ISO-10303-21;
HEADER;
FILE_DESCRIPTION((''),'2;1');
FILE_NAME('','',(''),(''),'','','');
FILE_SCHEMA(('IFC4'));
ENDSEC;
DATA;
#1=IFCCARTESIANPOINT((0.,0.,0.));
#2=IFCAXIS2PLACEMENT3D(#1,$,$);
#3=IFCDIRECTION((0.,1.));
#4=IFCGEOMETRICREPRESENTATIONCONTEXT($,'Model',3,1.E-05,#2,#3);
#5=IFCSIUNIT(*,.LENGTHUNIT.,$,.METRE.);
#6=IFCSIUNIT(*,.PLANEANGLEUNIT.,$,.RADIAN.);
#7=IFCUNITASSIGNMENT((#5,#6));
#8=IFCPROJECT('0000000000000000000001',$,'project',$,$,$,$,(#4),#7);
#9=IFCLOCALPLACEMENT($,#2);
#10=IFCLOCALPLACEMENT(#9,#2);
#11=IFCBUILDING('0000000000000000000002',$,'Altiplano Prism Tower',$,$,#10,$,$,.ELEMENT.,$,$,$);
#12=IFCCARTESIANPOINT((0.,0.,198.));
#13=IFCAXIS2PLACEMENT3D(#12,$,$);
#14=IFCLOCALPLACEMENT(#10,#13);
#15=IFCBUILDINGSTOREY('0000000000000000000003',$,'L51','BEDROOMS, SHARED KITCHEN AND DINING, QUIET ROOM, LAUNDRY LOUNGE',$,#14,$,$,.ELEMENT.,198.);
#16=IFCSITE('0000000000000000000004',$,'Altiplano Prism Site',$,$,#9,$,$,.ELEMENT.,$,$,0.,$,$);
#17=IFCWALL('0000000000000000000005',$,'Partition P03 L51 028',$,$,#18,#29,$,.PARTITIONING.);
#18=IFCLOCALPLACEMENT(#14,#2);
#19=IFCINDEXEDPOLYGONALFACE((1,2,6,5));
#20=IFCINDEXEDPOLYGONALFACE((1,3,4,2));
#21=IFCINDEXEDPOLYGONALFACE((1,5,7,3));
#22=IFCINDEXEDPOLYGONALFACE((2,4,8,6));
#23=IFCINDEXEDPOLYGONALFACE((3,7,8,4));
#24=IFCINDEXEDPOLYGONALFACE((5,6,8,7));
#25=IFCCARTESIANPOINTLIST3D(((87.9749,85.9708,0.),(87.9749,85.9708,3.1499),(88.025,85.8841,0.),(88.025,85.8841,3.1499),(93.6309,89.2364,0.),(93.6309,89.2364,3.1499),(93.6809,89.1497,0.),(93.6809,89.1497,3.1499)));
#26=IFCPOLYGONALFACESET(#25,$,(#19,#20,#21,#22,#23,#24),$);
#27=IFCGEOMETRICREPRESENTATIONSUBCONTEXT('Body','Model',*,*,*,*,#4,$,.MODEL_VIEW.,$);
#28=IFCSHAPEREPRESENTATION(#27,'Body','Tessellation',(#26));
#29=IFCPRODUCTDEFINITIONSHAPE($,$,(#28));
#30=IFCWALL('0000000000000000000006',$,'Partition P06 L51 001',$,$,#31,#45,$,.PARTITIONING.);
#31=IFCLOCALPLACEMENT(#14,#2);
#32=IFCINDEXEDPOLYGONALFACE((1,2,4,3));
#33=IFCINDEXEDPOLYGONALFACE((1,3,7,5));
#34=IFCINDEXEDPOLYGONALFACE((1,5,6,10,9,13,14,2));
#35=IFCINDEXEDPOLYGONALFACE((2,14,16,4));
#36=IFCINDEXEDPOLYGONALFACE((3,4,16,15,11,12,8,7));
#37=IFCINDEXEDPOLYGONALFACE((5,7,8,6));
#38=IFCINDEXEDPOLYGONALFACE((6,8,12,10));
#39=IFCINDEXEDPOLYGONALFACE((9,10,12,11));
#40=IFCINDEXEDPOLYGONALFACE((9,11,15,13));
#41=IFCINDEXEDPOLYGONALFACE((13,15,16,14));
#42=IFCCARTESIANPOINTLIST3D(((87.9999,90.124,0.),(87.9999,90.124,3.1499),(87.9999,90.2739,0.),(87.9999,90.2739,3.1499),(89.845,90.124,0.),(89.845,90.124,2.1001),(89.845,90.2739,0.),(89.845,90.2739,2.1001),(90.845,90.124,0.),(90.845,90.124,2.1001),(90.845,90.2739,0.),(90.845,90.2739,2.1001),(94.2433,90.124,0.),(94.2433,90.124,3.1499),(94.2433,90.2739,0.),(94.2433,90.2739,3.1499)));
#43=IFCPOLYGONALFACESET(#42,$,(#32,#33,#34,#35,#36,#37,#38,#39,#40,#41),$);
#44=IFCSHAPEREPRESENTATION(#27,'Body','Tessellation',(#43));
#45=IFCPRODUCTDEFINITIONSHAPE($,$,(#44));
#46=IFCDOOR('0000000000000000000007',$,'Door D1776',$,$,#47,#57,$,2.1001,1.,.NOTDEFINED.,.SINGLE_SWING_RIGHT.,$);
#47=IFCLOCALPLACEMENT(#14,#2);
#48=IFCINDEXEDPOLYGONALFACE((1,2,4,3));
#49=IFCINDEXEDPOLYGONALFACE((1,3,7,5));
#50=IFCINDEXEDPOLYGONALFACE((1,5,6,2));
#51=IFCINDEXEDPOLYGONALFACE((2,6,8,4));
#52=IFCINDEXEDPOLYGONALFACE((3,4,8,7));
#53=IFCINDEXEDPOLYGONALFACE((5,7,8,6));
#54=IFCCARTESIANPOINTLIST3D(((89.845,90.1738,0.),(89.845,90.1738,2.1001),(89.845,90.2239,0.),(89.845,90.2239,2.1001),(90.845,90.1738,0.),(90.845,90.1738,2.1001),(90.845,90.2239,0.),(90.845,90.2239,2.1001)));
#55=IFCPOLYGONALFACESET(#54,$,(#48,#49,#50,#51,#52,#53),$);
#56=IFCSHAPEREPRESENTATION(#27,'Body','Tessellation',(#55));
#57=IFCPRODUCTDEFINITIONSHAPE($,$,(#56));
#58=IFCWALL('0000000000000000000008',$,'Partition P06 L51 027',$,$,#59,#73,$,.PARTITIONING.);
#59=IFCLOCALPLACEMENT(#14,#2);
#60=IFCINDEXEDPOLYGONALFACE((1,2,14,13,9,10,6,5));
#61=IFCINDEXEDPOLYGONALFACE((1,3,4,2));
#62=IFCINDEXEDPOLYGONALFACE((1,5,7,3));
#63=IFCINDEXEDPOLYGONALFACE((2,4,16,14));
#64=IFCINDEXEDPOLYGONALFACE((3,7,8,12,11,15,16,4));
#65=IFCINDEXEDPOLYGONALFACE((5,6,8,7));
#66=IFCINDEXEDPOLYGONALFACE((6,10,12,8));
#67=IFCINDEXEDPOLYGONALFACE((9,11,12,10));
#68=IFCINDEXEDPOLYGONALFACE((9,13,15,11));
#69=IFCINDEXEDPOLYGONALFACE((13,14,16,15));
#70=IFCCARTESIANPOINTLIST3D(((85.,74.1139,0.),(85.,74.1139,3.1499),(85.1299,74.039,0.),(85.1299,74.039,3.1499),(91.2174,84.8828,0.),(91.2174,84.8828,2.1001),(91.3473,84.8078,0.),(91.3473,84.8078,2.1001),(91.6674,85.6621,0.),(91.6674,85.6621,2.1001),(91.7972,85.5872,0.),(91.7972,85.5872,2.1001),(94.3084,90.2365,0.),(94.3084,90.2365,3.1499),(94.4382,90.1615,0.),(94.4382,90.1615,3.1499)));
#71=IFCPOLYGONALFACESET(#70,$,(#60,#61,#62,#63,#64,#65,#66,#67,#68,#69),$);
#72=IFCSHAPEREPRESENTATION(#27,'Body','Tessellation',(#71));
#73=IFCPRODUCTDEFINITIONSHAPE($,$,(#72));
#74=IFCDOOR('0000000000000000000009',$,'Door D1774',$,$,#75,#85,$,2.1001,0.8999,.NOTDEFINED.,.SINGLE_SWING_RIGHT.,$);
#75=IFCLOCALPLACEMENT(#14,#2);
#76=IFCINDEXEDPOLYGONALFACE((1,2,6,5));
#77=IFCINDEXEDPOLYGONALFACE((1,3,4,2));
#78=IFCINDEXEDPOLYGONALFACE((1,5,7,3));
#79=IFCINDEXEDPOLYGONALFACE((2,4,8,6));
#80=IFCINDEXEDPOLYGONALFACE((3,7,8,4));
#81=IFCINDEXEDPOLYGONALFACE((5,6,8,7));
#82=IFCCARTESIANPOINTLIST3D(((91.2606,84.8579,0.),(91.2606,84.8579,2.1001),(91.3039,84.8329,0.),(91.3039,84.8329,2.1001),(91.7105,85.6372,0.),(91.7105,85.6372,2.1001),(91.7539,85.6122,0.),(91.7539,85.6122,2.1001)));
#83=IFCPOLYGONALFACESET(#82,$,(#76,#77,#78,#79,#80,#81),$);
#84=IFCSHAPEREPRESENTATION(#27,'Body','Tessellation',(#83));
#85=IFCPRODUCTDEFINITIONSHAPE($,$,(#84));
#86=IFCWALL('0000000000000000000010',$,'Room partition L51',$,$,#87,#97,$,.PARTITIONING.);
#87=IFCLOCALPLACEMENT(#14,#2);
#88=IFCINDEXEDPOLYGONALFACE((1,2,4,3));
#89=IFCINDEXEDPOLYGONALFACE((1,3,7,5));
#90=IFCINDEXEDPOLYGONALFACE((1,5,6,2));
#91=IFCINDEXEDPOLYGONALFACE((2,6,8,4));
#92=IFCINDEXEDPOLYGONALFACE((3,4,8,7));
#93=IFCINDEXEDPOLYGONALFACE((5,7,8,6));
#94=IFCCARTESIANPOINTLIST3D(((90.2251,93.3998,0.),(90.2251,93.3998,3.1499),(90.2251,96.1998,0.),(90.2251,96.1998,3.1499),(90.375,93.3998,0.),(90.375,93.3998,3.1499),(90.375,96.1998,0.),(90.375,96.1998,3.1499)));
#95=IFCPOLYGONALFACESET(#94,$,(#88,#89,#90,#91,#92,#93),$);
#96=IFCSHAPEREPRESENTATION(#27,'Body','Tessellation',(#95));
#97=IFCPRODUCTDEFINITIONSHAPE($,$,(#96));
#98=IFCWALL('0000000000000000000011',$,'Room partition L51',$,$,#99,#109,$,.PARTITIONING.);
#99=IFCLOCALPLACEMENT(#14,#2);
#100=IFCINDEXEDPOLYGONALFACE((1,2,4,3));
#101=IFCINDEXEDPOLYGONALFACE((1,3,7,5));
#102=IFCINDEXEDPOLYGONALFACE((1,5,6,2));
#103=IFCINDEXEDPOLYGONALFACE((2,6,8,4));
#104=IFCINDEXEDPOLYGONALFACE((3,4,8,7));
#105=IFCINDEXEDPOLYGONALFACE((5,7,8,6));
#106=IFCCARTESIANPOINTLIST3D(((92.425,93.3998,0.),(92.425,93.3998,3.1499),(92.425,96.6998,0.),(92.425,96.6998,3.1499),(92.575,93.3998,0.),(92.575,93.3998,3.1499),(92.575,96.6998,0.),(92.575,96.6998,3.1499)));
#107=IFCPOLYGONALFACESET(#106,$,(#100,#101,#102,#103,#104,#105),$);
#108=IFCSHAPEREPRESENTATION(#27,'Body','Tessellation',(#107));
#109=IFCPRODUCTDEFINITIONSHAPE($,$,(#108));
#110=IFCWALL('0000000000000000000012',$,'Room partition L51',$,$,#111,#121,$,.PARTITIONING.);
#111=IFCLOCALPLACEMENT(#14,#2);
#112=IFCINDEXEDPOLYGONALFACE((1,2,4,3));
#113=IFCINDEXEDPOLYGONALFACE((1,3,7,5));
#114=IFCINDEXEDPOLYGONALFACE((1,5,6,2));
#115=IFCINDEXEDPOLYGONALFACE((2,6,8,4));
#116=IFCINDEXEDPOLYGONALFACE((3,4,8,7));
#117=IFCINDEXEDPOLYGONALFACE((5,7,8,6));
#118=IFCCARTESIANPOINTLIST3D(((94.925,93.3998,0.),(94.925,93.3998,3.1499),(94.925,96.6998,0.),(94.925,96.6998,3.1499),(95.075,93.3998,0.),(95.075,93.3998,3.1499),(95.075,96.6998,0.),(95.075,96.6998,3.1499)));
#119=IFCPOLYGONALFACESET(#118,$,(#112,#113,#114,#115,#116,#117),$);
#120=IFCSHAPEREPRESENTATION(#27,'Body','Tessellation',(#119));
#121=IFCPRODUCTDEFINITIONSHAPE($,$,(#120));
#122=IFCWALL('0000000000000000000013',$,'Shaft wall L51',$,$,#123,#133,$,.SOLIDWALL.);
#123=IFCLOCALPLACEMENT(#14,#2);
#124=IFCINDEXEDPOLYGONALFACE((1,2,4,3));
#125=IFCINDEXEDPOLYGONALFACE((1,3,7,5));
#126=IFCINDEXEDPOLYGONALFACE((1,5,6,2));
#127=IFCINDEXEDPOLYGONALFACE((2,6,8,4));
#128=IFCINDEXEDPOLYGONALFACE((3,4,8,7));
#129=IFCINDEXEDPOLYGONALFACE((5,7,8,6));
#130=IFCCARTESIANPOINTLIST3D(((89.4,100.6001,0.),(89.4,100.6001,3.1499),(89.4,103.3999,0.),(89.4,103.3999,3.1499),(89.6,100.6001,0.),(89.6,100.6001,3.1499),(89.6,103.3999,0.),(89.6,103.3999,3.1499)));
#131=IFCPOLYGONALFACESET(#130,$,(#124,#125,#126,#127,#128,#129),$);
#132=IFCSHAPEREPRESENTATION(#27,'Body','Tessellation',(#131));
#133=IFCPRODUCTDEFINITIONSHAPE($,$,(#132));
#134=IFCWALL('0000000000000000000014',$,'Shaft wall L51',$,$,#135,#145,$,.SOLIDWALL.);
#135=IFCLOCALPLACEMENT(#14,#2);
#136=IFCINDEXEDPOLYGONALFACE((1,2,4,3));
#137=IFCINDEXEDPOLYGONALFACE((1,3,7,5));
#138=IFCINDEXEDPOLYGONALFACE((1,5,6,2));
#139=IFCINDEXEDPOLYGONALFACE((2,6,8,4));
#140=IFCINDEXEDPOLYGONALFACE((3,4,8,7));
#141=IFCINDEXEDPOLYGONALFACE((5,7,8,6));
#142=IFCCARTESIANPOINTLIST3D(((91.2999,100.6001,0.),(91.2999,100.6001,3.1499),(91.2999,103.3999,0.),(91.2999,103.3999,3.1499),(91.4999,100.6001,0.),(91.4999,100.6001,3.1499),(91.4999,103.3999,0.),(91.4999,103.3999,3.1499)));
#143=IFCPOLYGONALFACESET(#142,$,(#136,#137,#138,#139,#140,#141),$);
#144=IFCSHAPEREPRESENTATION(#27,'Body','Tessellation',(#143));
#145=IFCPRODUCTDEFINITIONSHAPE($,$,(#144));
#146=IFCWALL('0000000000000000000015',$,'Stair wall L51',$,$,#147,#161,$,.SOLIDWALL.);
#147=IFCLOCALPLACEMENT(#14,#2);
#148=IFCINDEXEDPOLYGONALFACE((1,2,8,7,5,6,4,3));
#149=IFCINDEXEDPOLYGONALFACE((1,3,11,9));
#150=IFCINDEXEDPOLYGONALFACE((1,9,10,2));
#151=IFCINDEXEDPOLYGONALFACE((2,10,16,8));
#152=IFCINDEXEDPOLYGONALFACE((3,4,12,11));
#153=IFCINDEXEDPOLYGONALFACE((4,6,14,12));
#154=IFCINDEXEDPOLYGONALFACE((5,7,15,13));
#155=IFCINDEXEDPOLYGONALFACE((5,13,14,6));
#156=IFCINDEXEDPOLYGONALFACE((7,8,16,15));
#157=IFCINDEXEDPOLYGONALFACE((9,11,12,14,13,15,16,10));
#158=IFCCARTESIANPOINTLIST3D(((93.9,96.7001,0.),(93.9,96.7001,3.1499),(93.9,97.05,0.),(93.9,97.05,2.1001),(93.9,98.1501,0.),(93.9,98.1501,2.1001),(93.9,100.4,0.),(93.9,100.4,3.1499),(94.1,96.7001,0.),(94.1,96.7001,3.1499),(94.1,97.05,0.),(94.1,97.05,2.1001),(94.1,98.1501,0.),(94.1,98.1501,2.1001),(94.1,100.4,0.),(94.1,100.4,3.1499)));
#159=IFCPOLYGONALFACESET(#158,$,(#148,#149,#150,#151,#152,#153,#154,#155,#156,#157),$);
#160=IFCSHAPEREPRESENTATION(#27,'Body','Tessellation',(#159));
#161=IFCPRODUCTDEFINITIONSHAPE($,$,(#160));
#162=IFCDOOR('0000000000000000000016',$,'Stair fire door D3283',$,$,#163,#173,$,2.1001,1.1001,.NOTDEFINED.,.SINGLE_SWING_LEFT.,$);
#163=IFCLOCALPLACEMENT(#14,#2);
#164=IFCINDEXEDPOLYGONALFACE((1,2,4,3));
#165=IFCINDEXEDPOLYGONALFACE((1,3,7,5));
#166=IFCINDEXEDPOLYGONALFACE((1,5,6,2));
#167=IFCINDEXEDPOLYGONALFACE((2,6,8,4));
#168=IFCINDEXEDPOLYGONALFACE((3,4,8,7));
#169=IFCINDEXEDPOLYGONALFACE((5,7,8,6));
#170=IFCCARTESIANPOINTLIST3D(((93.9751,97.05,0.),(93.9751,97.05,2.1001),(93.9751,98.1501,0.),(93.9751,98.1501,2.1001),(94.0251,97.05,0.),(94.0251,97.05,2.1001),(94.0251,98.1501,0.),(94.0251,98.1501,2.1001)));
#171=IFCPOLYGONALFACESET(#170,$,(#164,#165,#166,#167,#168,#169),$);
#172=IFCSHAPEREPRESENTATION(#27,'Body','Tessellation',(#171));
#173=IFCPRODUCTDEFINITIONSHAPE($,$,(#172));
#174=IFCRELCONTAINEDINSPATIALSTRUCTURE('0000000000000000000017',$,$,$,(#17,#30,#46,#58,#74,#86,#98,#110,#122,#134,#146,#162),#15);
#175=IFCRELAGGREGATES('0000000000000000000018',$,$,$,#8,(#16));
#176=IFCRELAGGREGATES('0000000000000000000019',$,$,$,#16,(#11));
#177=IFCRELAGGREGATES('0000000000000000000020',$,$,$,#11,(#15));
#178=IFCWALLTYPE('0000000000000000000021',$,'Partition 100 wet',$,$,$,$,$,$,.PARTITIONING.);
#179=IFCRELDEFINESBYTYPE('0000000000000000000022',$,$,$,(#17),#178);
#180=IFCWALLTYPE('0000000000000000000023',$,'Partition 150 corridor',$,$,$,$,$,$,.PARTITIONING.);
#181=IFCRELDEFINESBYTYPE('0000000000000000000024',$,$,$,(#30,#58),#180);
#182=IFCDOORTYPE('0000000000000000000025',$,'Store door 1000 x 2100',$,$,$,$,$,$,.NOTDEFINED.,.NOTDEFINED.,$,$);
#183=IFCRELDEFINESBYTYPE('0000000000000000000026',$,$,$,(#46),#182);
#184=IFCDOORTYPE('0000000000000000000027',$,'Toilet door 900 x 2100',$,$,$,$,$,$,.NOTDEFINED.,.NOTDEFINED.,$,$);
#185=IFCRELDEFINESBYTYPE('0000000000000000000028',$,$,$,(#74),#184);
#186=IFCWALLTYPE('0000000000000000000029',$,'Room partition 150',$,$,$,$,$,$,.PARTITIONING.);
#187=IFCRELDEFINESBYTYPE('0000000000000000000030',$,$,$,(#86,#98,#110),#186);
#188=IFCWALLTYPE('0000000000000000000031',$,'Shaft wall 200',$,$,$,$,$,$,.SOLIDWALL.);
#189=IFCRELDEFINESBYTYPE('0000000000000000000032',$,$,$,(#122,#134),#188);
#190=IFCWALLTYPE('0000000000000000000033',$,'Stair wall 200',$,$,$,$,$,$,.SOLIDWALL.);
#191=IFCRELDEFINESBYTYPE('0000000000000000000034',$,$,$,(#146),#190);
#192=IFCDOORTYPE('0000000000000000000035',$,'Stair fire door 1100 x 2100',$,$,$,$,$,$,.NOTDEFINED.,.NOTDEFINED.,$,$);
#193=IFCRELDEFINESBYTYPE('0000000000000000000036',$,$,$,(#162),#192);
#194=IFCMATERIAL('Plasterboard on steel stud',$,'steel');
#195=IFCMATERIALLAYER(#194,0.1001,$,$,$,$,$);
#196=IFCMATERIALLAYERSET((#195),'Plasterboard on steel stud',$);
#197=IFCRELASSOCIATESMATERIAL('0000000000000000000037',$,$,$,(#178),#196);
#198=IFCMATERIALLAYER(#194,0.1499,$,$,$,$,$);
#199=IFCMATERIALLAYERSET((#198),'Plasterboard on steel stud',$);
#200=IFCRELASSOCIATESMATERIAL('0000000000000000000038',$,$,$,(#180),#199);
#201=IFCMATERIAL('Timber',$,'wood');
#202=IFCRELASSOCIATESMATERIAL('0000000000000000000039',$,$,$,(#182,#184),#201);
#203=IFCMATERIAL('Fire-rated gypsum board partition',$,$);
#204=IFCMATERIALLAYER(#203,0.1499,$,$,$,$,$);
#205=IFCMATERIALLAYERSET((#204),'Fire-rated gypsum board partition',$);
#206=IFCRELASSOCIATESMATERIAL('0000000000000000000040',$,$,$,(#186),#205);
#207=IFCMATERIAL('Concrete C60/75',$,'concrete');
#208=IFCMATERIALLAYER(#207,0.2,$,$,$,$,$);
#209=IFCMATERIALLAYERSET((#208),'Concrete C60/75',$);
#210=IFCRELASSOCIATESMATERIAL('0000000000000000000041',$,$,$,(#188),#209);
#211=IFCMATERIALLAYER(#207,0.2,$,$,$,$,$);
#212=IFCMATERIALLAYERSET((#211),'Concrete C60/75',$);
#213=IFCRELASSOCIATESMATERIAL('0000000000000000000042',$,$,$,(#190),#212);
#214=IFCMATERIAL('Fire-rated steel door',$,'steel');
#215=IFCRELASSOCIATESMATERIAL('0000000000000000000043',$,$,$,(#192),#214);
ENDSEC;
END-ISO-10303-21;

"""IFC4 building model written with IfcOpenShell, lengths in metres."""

from ifc_helpers import new_model, si_unit, direction, frame, frame_2d, origin, place, context, subcontext, project, spatial, rectangle, extrude, material, layer, layer_set, type_object, element, fill, save


model = new_model("IFC4")

# Units and contexts
model_context = context("Model", 3, precision=1e-05, world=origin(), true_north=direction((0.0, 1.0)))
body_context = subcontext(model_context, "Body", "Model", "MODEL_VIEW")
ifc_project = project(units=[si_unit("LENGTHUNIT", "METRE"), si_unit("PLANEANGLEUNIT", "RADIAN")], contexts=[model_context])

# Site, building, storey
site_placement = place(None, origin())
site = spatial("IfcSite", under=ifc_project, at=site_placement, Name="Altiplano Prism Site", CompositionType="ELEMENT", RefElevation=0.0)
building_placement = place(site_placement, origin())
building = spatial("IfcBuilding", under=site, at=building_placement, Name="Altiplano Prism Tower", CompositionType="ELEMENT")
storey_placement = place(building_placement, frame((0.0, 0.0, 198.0)))
storey = spatial("IfcBuildingStorey", under=building, at=storey_placement, Name="L51", Description="BEDROOMS, SHARED KITCHEN AND DINING, QUIET ROOM, LAUNDRY LOUNGE", CompositionType="ELEMENT", Elevation=198.0)

# Wall
ifc_material_1 = material(Name="Plasterboard on steel stud", Category="steel")
ifc_layer_1 = layer(ifc_material_1, 0.1001)
ifc_layer_set_1 = layer_set([ifc_layer_1], Name="Plasterboard on steel stud")
wall_type_1 = type_object("IfcWallType", Name="Partition 100 wet", PredefinedType="PARTITIONING", material=ifc_layer_set_1)
wall_1_placement = place(storey_placement, frame((93.656, 89.1931, 0.0), z_axis=(0.0, 0.0, 1.0), x_axis=(-0.866017, -0.500015, 0.0)))
element("IfcWall", 1, at=wall_1_placement, inside=storey, type_object=wall_type_1, Name="Partition P03 L51 028", PredefinedType="PARTITIONING", context=body_context, shape_type="SweptSolid", body=[
    extrude(rectangle(XDim=6.531, YDim=0.1001, at=frame_2d((3.2656, 0.0))), origin(), (0.0, 0.0, 1.0), 3.1499),
])

# Walls, openings, doors
ifc_layer_2 = layer(ifc_material_1, 0.1499)
ifc_layer_set_2 = layer_set([ifc_layer_2], Name="Plasterboard on steel stud")
wall_type_2 = type_object("IfcWallType", Name="Partition 150 corridor", PredefinedType="PARTITIONING", material=ifc_layer_set_2)
wall_2_placement = place(storey_placement, frame((88.0, 90.199, 0.0), z_axis=(0.0, 0.0, 1.0), x_axis=(1.0, 0.0, 0.0)))
wall_2 = element("IfcWall", 2, at=wall_2_placement, inside=storey, type_object=wall_type_2, Name="Partition P06 L51 001", PredefinedType="PARTITIONING", context=body_context, shape_type="SweptSolid", body=[
    extrude(rectangle(XDim=6.2434, YDim=0.1499, at=frame_2d((3.1216, 0.0))), origin(), (0.0, 0.0, 1.0), 3.1499),
])
opening_1_placement = place(wall_2_placement, frame((1.845, 0.0, 0.0)))
opening_1 = element("IfcOpeningElement", 3, at=opening_1_placement, cuts=wall_2, PredefinedType="OPENING", context=body_context, shape_type="SweptSolid", body=[
    extrude(rectangle(XDim=1.0, YDim=2.1001, at=frame_2d((0.5, 1.05))), frame((0.0, 0.0854, 0.0), z_axis=(0.0, -1.0, 0.0), x_axis=(1.0, 0.0, 0.0)), (0.0, 0.0, 1.0), 0.1709),
])
ifc_material_2 = material(Name="Timber", Category="wood")
door_type_1 = type_object("IfcDoorType", Name="Store door 1000 x 2100", OperationType="NOTDEFINED", PredefinedType="NOTDEFINED", material=ifc_material_2)
door_1_placement = place(opening_1_placement, origin())
door_1 = element("IfcDoor", 4, at=door_1_placement, inside=storey, type_object=door_type_1, Name="Door D1776", OperationType="SINGLE_SWING_RIGHT", OverallHeight=2.1001, OverallWidth=1.0, PredefinedType="NOTDEFINED", context=body_context, shape_type="SweptSolid", body=[
    extrude(rectangle(XDim=1.0, YDim=2.1001, at=frame_2d((0.5, 1.05))), frame((0.0, 0.0249, 0.0), z_axis=(0.0, -1.0, 0.0), x_axis=(1.0, 0.0, 0.0)), (0.0, 0.0, 1.0), 0.05),
])
fill(opening_1, door_1)
wall_3_placement = place(storey_placement, frame((94.3733, 90.199, 0.0), z_axis=(0.0, 0.0, 1.0), x_axis=(-0.499999, -0.866026, 0.0)))
wall_3 = element("IfcWall", 5, at=wall_3_placement, inside=storey, type_object=wall_type_2, Name="Partition P06 L51 027", PredefinedType="PARTITIONING", context=body_context, shape_type="SweptSolid", body=[
    extrude(rectangle(XDim=18.6167, YDim=0.1499, at=frame_2d((9.3083, 0.0))), origin(), (0.0, 0.0, 1.0), 3.1499),
])
opening_2_placement = place(wall_3_placement, frame((5.282, 0.0, 0.0)))
opening_2 = element("IfcOpeningElement", 6, at=opening_2_placement, cuts=wall_3, PredefinedType="OPENING", context=body_context, shape_type="SweptSolid", body=[
    extrude(rectangle(XDim=0.8999, YDim=2.1001, at=frame_2d((0.45, 1.05))), frame((0.0, 0.0854, 0.0), z_axis=(0.0, -1.0, 0.0), x_axis=(1.0, 0.0, 0.0)), (0.0, 0.0, 1.0), 0.1709),
])
door_type_2 = type_object("IfcDoorType", Name="Toilet door 900 x 2100", OperationType="NOTDEFINED", PredefinedType="NOTDEFINED", material=ifc_material_2)
door_2_placement = place(opening_2_placement, origin())
door_2 = element("IfcDoor", 7, at=door_2_placement, inside=storey, type_object=door_type_2, Name="Door D1774", OperationType="SINGLE_SWING_RIGHT", OverallHeight=2.1001, OverallWidth=0.8999, PredefinedType="NOTDEFINED", context=body_context, shape_type="SweptSolid", body=[
    extrude(rectangle(XDim=0.8999, YDim=2.1001, at=frame_2d((0.45, 1.05))), frame((0.0, 0.0249, 0.0), z_axis=(0.0, -1.0, 0.0), x_axis=(1.0, 0.0, 0.0)), (0.0, 0.0, 1.0), 0.05),
])
fill(opening_2, door_2)

# Walls
ifc_material_3 = material(Name="Fire-rated gypsum board partition")
ifc_layer_3 = layer(ifc_material_3, 0.1499)
ifc_layer_set_3 = layer_set([ifc_layer_3], Name="Fire-rated gypsum board partition")
wall_type_3 = type_object("IfcWallType", Name="Room partition 150", PredefinedType="PARTITIONING", material=ifc_layer_set_3)
wall_4_placement = place(storey_placement, frame((90.3, 93.3999, 0.0), z_axis=(0.0, 0.0, 1.0), x_axis=(0.0, 1.0, 0.0)))
element("IfcWall", 8, at=wall_4_placement, inside=storey, type_object=wall_type_3, Name="Room partition L51", PredefinedType="PARTITIONING", context=body_context, shape_type="SweptSolid", body=[
    extrude(rectangle(XDim=2.8, YDim=0.1499, at=frame_2d((1.3999, 0.0))), origin(), (0.0, 0.0, 1.0), 3.1499),
])
for number, where, z_axis, x_axis, name in (
    (9, (92.5, 93.3999, 0.0), (0.0, 0.0, 1.0), (0.0, 1.0, 0.0), "Room partition L51"),
    (10, (95.0, 93.3999, 0.0), (0.0, 0.0, 1.0), (0.0, 1.0, 0.0), "Room partition L51"),
):
    element("IfcWall", number, at=place(storey_placement, frame(where, z_axis=z_axis, x_axis=x_axis)), inside=storey, type_object=wall_type_3, Name=name, PredefinedType="PARTITIONING", context=body_context, shape_type="SweptSolid", body=[
        extrude(rectangle(XDim=3.3, YDim=0.1499, at=frame_2d((1.6499, 0.0))), origin(), (0.0, 0.0, 1.0), 3.1499),
    ])
ifc_material_4 = material(Name="Concrete C60/75", Category="concrete")
ifc_layer_4 = layer(ifc_material_4, 0.2)
ifc_layer_set_4 = layer_set([ifc_layer_4], Name="Concrete C60/75")
wall_type_4 = type_object("IfcWallType", Name="Shaft wall 200", PredefinedType="SOLIDWALL", material=ifc_layer_set_4)
for number, where, z_axis, x_axis, name in (
    (11, (89.5, 100.6001, 0.0), (0.0, 0.0, 1.0), (0.0, 1.0, 0.0), "Shaft wall L51"),
    (12, (91.3999, 100.6001, 0.0), (0.0, 0.0, 1.0), (0.0, 1.0, 0.0), "Shaft wall L51"),
):
    element("IfcWall", number, at=place(storey_placement, frame(where, z_axis=z_axis, x_axis=x_axis)), inside=storey, type_object=wall_type_4, Name=name, PredefinedType="SOLIDWALL", context=body_context, shape_type="SweptSolid", body=[
        extrude(rectangle(XDim=2.7998, YDim=0.2, at=frame_2d((1.3999, 0.0))), origin(), (0.0, 0.0, 1.0), 3.1499),
    ])

# Wall, opening, door
ifc_layer_5 = layer(ifc_material_4, 0.2)
ifc_layer_set_5 = layer_set([ifc_layer_5], Name="Concrete C60/75")
wall_type_5 = type_object("IfcWallType", Name="Stair wall 200", PredefinedType="SOLIDWALL", material=ifc_layer_set_5)
wall_5_placement = place(storey_placement, frame((94.0, 96.7, 0.0), z_axis=(0.0, 0.0, 1.0), x_axis=(0.0, 1.0, 0.0)))
wall_5 = element("IfcWall", 13, at=wall_5_placement, inside=storey, type_object=wall_type_5, Name="Stair wall L51", PredefinedType="SOLIDWALL", context=body_context, shape_type="SweptSolid", body=[
    extrude(rectangle(XDim=3.7, YDim=0.2, at=frame_2d((1.8501, 0.0))), origin(), (0.0, 0.0, 1.0), 3.1499),
])
opening_3_placement = place(wall_5_placement, frame((0.3501, 0.0, 0.0)))
opening_3 = element("IfcOpeningElement", 14, at=opening_3_placement, cuts=wall_5, PredefinedType="OPENING", context=body_context, shape_type="SweptSolid", body=[
    extrude(rectangle(XDim=1.1001, YDim=2.1001, at=frame_2d((0.55, 1.05))), frame((0.0, 0.1104, 0.0), z_axis=(0.0, -1.0, 0.0), x_axis=(1.0, 0.0, 0.0)), (0.0, 0.0, 1.0), 0.2209),
])
ifc_material_5 = material(Name="Fire-rated steel door", Category="steel")
door_type_3 = type_object("IfcDoorType", Name="Stair fire door 1100 x 2100", OperationType="NOTDEFINED", PredefinedType="NOTDEFINED", material=ifc_material_5)
door_3_placement = place(opening_3_placement, origin())
door_3 = element("IfcDoor", 15, at=door_3_placement, inside=storey, type_object=door_type_3, Name="Stair fire door D3283", OperationType="SINGLE_SWING_LEFT", OverallHeight=2.1001, OverallWidth=1.1001, PredefinedType="NOTDEFINED", context=body_context, shape_type="SweptSolid", body=[
    extrude(rectangle(XDim=1.1001, YDim=2.1001, at=frame_2d((0.55, 1.05))), frame((0.0, 0.0249, 0.0), z_axis=(0.0, -1.0, 0.0), x_axis=(1.0, 0.0, 0.0)), (0.0, 0.0, 1.0), 0.05),
])
fill(opening_3, door_3)

save(model, "model.ifc")
